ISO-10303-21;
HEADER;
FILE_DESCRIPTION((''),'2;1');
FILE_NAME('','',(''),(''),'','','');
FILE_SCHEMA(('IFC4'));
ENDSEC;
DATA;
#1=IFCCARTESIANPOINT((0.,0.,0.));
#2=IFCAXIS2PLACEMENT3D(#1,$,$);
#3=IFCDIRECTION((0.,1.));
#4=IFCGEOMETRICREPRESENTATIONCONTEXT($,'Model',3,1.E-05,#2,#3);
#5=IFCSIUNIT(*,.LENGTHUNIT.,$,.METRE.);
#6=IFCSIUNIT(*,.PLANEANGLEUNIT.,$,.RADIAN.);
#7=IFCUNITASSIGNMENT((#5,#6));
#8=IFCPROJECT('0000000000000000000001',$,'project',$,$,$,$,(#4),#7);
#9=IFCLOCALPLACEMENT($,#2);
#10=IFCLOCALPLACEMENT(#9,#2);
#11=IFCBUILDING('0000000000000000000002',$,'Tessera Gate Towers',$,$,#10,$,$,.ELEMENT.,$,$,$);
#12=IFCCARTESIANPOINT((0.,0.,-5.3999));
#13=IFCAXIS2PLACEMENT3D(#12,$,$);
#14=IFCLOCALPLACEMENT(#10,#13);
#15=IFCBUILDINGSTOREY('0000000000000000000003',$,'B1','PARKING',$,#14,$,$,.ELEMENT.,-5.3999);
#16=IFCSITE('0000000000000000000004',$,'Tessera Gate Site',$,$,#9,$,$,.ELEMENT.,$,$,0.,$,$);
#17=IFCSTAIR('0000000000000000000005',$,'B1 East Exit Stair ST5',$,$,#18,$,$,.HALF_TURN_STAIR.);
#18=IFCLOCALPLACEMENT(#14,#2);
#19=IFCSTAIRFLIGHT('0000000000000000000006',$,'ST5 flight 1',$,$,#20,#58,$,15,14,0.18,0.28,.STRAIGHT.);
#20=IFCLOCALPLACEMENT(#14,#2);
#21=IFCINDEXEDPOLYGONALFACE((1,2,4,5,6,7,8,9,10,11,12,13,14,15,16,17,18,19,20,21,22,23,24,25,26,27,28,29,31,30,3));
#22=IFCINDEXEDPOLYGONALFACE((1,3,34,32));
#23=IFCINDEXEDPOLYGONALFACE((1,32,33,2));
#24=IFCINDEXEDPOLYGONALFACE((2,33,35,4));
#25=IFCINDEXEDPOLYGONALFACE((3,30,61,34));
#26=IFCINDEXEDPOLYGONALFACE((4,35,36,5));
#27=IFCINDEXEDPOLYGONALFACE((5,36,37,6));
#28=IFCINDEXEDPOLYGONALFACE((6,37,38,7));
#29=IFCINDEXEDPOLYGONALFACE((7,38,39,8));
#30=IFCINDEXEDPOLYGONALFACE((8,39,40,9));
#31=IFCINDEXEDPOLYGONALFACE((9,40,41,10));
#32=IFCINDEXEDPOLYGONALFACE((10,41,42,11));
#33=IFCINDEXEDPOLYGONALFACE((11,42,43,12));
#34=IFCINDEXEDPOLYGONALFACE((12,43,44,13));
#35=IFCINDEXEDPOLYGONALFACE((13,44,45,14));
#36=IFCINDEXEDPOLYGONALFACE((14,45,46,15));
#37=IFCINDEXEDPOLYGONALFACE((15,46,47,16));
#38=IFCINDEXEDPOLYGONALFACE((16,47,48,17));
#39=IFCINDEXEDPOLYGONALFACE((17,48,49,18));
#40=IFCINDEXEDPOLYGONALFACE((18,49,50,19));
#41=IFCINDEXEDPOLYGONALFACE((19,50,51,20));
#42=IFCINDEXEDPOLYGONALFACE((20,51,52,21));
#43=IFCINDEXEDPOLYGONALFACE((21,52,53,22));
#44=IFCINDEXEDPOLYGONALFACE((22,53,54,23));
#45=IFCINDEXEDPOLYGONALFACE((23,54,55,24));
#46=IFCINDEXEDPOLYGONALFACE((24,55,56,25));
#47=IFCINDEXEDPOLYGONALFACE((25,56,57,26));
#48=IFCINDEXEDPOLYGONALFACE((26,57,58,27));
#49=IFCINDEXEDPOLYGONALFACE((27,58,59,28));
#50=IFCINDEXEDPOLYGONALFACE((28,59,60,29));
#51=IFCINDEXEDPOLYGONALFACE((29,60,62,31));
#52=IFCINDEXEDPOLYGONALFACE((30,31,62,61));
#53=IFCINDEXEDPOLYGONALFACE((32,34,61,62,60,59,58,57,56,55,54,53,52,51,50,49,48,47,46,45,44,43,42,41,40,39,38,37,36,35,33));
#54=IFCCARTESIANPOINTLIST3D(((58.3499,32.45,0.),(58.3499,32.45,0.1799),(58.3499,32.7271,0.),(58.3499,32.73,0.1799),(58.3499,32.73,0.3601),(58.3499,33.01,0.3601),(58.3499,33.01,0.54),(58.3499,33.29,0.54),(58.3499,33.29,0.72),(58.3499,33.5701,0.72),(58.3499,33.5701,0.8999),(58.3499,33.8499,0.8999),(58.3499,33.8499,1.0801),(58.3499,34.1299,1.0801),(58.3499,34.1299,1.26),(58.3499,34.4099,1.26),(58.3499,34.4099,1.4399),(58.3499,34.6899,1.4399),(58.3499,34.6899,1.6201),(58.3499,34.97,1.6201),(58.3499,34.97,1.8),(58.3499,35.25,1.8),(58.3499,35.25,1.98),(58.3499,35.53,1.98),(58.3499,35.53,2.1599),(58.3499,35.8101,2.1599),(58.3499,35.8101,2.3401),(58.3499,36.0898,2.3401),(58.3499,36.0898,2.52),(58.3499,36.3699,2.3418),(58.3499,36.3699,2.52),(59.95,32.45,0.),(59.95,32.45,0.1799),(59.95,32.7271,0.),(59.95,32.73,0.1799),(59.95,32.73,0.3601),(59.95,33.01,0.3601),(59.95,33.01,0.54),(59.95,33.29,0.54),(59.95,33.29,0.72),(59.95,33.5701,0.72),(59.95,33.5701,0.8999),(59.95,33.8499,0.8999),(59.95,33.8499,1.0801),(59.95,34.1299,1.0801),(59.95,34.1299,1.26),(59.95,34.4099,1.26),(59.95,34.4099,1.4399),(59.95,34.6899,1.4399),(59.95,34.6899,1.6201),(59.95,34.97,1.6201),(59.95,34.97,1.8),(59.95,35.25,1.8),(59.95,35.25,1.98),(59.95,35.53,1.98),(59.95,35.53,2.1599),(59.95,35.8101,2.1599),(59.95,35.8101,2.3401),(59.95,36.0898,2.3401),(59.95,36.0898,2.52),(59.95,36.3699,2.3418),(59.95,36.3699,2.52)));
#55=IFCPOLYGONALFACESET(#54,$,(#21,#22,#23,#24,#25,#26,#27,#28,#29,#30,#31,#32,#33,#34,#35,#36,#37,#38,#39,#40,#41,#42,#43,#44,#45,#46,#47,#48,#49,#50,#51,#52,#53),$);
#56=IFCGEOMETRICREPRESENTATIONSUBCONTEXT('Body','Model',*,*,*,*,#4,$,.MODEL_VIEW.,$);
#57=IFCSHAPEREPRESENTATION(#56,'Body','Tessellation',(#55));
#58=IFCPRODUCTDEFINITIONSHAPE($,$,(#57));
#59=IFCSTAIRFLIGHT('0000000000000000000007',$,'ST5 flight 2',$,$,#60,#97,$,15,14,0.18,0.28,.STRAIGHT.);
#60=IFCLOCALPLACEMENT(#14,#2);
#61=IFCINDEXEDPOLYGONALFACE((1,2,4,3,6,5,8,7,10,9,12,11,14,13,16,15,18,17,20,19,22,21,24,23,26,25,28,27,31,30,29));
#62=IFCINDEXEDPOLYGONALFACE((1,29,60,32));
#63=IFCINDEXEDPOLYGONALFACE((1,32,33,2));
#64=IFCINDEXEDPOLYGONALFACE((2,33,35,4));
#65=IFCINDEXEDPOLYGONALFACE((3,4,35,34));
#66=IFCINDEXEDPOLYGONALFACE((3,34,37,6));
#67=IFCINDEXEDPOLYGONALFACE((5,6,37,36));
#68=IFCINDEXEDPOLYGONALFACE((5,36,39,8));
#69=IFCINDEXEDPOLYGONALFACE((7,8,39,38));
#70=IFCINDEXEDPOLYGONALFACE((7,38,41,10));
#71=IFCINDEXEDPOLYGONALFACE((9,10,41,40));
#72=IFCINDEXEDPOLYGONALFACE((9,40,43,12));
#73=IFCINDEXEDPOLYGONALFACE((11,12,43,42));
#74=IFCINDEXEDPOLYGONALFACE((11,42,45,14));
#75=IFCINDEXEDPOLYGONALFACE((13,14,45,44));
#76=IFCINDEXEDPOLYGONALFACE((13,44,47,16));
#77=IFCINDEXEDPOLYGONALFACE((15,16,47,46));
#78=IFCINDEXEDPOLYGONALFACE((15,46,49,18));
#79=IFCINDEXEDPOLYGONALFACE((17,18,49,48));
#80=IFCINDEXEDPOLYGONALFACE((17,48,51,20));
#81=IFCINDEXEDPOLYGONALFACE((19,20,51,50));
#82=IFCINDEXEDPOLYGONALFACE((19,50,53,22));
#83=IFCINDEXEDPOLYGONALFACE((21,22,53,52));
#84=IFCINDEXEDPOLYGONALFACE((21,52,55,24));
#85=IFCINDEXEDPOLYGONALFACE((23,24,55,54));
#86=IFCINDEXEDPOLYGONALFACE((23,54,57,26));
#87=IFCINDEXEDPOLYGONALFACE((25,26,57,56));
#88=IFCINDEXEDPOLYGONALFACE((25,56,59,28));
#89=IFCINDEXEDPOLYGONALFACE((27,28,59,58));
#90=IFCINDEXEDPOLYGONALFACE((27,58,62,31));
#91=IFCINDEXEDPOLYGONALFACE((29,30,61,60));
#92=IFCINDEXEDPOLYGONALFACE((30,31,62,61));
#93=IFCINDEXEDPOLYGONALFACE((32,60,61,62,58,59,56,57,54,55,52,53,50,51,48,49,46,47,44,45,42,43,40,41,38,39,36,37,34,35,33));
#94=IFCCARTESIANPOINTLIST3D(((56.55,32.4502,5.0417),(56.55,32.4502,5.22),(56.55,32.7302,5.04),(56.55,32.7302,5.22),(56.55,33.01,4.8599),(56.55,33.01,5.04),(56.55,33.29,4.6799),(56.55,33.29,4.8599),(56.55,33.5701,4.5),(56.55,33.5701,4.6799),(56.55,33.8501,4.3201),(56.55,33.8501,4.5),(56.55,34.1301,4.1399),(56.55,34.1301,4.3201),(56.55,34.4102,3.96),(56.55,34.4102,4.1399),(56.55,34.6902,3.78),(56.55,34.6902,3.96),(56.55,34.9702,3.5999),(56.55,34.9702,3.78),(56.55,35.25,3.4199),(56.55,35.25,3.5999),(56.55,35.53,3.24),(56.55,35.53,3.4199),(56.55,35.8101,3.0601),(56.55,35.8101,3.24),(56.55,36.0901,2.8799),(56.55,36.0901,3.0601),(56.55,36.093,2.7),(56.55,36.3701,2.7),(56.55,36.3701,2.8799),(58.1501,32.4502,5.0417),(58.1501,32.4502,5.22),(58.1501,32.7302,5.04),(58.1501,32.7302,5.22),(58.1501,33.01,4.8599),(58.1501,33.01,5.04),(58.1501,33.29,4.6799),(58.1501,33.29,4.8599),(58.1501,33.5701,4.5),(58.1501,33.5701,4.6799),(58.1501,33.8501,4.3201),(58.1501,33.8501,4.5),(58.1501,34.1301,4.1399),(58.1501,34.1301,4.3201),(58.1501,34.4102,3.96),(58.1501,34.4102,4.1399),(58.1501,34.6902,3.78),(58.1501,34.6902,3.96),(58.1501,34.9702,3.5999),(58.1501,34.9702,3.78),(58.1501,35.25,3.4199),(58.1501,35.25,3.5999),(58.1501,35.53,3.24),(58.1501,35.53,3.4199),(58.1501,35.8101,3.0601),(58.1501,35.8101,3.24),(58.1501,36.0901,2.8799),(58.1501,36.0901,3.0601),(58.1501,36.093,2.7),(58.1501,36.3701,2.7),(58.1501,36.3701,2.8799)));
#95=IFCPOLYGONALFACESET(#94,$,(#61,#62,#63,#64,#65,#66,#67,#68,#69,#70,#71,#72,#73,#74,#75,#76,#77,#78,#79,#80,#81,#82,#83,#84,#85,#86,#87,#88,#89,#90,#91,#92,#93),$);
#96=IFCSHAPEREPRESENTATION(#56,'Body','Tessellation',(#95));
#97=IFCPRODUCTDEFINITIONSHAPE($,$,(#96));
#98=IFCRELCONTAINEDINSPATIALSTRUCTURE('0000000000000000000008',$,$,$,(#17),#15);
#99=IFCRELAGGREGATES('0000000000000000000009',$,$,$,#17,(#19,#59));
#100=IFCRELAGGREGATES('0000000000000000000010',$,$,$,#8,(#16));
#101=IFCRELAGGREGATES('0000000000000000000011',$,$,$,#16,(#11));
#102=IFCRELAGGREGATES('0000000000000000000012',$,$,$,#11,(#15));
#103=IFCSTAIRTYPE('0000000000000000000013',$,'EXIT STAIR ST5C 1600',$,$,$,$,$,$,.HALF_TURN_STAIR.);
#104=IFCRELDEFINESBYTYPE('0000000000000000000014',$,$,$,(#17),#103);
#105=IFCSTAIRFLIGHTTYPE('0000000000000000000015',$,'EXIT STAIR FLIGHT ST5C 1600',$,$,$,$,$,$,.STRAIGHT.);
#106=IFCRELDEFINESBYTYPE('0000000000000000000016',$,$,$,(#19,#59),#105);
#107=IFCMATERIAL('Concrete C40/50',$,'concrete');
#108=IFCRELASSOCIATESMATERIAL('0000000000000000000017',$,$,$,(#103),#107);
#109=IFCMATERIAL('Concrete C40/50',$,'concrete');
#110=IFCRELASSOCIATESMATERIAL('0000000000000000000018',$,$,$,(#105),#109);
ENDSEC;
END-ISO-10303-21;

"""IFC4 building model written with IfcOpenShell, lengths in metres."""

from ifc_helpers import new_model, si_unit, direction, frame, origin, place, context, subcontext, project, spatial, polyline, outline, extrude, material, type_object, element, aggregate, save


model = new_model("IFC4")

# Units and contexts
model_context = context("Model", 3, precision=1e-05, world=origin(), true_north=direction((0.0, 1.0)))
body_context = subcontext(model_context, "Body", "Model", "MODEL_VIEW")
ifc_project = project(units=[si_unit("LENGTHUNIT", "METRE"), si_unit("PLANEANGLEUNIT", "RADIAN")], contexts=[model_context])

# Site, building, storey
site_placement = place(None, origin())
site = spatial("IfcSite", under=ifc_project, at=site_placement, Name="Tessera Gate Site", CompositionType="ELEMENT", RefElevation=0.0)
building_placement = place(site_placement, origin())
building = spatial("IfcBuilding", under=site, at=building_placement, Name="Tessera Gate Towers", CompositionType="ELEMENT")
storey_placement = place(building_placement, frame((0.0, 0.0, -5.3999)))
storey = spatial("IfcBuildingStorey", under=building, at=storey_placement, Name="B1", Description="PARKING", CompositionType="ELEMENT", Elevation=-5.3999)

# Stair, stair flights
ifc_material_1 = material(Name="Concrete C40/50", Category="concrete")
stair_type = type_object("IfcStairType", Name="EXIT STAIR ST5C 1600", PredefinedType="HALF_TURN_STAIR", material=ifc_material_1)
stair_placement = place(storey_placement, origin())
stair = element("IfcStair", 1, at=stair_placement, inside=storey, type_object=stair_type, Name="B1 East Exit Stair ST5", PredefinedType="HALF_TURN_STAIR")
ifc_material_2 = material(Name="Concrete C40/50", Category="concrete")
stair_flight_type = type_object("IfcStairFlightType", Name="EXIT STAIR FLIGHT ST5C 1600", PredefinedType="STRAIGHT", material=ifc_material_2)
stair_flight_1_placement = place(storey_placement, frame((59.1499, 32.45, 0.0), z_axis=(0.0, 0.0, 1.0), x_axis=(0.0, 1.0, 0.0)))
stair_flight_1 = element("IfcStairFlight", 2, at=stair_flight_1_placement, type_object=stair_flight_type, Name="ST5 flight 1", NumberOfRisers=15, NumberOfTreads=14, PredefinedType="STRAIGHT", RiserHeight=0.18, TreadLength=0.28, context=body_context, shape_type="SweptSolid", body=[
    extrude(outline(polyline([(0.0, 0.0), (0.0, 0.1799), (0.28, 0.1799), (0.28, 0.3601), (0.5601, 0.3601), (0.5601, 0.54), (0.8401, 0.54), (0.8401, 0.72), (1.1201, 0.72), (1.1201, 0.8999), (1.3999, 0.8999), (1.3999, 1.0801), (1.6799, 1.0801), (1.6799, 1.26), (1.96, 1.26), (1.96, 1.4399), (2.24, 1.4399), (2.24, 1.6201), (2.52, 1.6201), (2.52, 1.8), (2.8, 1.8), (2.8, 1.98), (3.0801, 1.98), (3.0801, 2.1599), (3.3601, 2.1599), (3.3601, 2.3401), (3.6399, 2.3401), (3.6399, 2.52), (3.9199, 2.52), (3.9199, 2.7), (3.9199, 2.3418), (0.2771, 0.0), (0.0, 0.0)])), frame((0.0, 0.8, 0.0), z_axis=(0.0, -1.0, 0.0), x_axis=(1.0, 0.0, 0.0)), (0.0, 0.0, 1.0), 1.6001),
])
stair_flight_2_placement = place(storey_placement, frame((57.3501, 36.3701, 2.7), z_axis=(0.0, 0.0, 1.0), x_axis=(0.0, -1.0, 0.0)))
stair_flight_2 = element("IfcStairFlight", 3, at=stair_flight_2_placement, type_object=stair_flight_type, Name="ST5 flight 2", NumberOfRisers=15, NumberOfTreads=14, PredefinedType="STRAIGHT", RiserHeight=0.18, TreadLength=0.28, context=body_context, shape_type="SweptSolid", body=[
    extrude(outline(polyline([(0.0, 0.0), (0.0, 0.1799), (0.28, 0.1799), (0.28, 0.3601), (0.5601, 0.3601), (0.5601, 0.54), (0.8401, 0.54), (0.8401, 0.72), (1.1201, 0.72), (1.1201, 0.8999), (1.3999, 0.8999), (1.3999, 1.0801), (1.6799, 1.0801), (1.6799, 1.26), (1.96, 1.26), (1.96, 1.4399), (2.24, 1.4399), (2.24, 1.6201), (2.52, 1.6201), (2.52, 1.8), (2.8, 1.8), (2.8, 1.98), (3.0801, 1.98), (3.0801, 2.1599), (3.3601, 2.1599), (3.3601, 2.3401), (3.6399, 2.3401), (3.6399, 2.52), (3.9199, 2.52), (3.9199, 2.7), (3.9199, 2.3418), (0.2771, 0.0), (0.0, 0.0)])), frame((0.0, 0.8, 0.0), z_axis=(0.0, -1.0, 0.0), x_axis=(1.0, 0.0, 0.0)), (0.0, 0.0, 1.0), 1.6001),
])
aggregate(stair, [stair_flight_1, stair_flight_2])

save(model, "model.ifc")
